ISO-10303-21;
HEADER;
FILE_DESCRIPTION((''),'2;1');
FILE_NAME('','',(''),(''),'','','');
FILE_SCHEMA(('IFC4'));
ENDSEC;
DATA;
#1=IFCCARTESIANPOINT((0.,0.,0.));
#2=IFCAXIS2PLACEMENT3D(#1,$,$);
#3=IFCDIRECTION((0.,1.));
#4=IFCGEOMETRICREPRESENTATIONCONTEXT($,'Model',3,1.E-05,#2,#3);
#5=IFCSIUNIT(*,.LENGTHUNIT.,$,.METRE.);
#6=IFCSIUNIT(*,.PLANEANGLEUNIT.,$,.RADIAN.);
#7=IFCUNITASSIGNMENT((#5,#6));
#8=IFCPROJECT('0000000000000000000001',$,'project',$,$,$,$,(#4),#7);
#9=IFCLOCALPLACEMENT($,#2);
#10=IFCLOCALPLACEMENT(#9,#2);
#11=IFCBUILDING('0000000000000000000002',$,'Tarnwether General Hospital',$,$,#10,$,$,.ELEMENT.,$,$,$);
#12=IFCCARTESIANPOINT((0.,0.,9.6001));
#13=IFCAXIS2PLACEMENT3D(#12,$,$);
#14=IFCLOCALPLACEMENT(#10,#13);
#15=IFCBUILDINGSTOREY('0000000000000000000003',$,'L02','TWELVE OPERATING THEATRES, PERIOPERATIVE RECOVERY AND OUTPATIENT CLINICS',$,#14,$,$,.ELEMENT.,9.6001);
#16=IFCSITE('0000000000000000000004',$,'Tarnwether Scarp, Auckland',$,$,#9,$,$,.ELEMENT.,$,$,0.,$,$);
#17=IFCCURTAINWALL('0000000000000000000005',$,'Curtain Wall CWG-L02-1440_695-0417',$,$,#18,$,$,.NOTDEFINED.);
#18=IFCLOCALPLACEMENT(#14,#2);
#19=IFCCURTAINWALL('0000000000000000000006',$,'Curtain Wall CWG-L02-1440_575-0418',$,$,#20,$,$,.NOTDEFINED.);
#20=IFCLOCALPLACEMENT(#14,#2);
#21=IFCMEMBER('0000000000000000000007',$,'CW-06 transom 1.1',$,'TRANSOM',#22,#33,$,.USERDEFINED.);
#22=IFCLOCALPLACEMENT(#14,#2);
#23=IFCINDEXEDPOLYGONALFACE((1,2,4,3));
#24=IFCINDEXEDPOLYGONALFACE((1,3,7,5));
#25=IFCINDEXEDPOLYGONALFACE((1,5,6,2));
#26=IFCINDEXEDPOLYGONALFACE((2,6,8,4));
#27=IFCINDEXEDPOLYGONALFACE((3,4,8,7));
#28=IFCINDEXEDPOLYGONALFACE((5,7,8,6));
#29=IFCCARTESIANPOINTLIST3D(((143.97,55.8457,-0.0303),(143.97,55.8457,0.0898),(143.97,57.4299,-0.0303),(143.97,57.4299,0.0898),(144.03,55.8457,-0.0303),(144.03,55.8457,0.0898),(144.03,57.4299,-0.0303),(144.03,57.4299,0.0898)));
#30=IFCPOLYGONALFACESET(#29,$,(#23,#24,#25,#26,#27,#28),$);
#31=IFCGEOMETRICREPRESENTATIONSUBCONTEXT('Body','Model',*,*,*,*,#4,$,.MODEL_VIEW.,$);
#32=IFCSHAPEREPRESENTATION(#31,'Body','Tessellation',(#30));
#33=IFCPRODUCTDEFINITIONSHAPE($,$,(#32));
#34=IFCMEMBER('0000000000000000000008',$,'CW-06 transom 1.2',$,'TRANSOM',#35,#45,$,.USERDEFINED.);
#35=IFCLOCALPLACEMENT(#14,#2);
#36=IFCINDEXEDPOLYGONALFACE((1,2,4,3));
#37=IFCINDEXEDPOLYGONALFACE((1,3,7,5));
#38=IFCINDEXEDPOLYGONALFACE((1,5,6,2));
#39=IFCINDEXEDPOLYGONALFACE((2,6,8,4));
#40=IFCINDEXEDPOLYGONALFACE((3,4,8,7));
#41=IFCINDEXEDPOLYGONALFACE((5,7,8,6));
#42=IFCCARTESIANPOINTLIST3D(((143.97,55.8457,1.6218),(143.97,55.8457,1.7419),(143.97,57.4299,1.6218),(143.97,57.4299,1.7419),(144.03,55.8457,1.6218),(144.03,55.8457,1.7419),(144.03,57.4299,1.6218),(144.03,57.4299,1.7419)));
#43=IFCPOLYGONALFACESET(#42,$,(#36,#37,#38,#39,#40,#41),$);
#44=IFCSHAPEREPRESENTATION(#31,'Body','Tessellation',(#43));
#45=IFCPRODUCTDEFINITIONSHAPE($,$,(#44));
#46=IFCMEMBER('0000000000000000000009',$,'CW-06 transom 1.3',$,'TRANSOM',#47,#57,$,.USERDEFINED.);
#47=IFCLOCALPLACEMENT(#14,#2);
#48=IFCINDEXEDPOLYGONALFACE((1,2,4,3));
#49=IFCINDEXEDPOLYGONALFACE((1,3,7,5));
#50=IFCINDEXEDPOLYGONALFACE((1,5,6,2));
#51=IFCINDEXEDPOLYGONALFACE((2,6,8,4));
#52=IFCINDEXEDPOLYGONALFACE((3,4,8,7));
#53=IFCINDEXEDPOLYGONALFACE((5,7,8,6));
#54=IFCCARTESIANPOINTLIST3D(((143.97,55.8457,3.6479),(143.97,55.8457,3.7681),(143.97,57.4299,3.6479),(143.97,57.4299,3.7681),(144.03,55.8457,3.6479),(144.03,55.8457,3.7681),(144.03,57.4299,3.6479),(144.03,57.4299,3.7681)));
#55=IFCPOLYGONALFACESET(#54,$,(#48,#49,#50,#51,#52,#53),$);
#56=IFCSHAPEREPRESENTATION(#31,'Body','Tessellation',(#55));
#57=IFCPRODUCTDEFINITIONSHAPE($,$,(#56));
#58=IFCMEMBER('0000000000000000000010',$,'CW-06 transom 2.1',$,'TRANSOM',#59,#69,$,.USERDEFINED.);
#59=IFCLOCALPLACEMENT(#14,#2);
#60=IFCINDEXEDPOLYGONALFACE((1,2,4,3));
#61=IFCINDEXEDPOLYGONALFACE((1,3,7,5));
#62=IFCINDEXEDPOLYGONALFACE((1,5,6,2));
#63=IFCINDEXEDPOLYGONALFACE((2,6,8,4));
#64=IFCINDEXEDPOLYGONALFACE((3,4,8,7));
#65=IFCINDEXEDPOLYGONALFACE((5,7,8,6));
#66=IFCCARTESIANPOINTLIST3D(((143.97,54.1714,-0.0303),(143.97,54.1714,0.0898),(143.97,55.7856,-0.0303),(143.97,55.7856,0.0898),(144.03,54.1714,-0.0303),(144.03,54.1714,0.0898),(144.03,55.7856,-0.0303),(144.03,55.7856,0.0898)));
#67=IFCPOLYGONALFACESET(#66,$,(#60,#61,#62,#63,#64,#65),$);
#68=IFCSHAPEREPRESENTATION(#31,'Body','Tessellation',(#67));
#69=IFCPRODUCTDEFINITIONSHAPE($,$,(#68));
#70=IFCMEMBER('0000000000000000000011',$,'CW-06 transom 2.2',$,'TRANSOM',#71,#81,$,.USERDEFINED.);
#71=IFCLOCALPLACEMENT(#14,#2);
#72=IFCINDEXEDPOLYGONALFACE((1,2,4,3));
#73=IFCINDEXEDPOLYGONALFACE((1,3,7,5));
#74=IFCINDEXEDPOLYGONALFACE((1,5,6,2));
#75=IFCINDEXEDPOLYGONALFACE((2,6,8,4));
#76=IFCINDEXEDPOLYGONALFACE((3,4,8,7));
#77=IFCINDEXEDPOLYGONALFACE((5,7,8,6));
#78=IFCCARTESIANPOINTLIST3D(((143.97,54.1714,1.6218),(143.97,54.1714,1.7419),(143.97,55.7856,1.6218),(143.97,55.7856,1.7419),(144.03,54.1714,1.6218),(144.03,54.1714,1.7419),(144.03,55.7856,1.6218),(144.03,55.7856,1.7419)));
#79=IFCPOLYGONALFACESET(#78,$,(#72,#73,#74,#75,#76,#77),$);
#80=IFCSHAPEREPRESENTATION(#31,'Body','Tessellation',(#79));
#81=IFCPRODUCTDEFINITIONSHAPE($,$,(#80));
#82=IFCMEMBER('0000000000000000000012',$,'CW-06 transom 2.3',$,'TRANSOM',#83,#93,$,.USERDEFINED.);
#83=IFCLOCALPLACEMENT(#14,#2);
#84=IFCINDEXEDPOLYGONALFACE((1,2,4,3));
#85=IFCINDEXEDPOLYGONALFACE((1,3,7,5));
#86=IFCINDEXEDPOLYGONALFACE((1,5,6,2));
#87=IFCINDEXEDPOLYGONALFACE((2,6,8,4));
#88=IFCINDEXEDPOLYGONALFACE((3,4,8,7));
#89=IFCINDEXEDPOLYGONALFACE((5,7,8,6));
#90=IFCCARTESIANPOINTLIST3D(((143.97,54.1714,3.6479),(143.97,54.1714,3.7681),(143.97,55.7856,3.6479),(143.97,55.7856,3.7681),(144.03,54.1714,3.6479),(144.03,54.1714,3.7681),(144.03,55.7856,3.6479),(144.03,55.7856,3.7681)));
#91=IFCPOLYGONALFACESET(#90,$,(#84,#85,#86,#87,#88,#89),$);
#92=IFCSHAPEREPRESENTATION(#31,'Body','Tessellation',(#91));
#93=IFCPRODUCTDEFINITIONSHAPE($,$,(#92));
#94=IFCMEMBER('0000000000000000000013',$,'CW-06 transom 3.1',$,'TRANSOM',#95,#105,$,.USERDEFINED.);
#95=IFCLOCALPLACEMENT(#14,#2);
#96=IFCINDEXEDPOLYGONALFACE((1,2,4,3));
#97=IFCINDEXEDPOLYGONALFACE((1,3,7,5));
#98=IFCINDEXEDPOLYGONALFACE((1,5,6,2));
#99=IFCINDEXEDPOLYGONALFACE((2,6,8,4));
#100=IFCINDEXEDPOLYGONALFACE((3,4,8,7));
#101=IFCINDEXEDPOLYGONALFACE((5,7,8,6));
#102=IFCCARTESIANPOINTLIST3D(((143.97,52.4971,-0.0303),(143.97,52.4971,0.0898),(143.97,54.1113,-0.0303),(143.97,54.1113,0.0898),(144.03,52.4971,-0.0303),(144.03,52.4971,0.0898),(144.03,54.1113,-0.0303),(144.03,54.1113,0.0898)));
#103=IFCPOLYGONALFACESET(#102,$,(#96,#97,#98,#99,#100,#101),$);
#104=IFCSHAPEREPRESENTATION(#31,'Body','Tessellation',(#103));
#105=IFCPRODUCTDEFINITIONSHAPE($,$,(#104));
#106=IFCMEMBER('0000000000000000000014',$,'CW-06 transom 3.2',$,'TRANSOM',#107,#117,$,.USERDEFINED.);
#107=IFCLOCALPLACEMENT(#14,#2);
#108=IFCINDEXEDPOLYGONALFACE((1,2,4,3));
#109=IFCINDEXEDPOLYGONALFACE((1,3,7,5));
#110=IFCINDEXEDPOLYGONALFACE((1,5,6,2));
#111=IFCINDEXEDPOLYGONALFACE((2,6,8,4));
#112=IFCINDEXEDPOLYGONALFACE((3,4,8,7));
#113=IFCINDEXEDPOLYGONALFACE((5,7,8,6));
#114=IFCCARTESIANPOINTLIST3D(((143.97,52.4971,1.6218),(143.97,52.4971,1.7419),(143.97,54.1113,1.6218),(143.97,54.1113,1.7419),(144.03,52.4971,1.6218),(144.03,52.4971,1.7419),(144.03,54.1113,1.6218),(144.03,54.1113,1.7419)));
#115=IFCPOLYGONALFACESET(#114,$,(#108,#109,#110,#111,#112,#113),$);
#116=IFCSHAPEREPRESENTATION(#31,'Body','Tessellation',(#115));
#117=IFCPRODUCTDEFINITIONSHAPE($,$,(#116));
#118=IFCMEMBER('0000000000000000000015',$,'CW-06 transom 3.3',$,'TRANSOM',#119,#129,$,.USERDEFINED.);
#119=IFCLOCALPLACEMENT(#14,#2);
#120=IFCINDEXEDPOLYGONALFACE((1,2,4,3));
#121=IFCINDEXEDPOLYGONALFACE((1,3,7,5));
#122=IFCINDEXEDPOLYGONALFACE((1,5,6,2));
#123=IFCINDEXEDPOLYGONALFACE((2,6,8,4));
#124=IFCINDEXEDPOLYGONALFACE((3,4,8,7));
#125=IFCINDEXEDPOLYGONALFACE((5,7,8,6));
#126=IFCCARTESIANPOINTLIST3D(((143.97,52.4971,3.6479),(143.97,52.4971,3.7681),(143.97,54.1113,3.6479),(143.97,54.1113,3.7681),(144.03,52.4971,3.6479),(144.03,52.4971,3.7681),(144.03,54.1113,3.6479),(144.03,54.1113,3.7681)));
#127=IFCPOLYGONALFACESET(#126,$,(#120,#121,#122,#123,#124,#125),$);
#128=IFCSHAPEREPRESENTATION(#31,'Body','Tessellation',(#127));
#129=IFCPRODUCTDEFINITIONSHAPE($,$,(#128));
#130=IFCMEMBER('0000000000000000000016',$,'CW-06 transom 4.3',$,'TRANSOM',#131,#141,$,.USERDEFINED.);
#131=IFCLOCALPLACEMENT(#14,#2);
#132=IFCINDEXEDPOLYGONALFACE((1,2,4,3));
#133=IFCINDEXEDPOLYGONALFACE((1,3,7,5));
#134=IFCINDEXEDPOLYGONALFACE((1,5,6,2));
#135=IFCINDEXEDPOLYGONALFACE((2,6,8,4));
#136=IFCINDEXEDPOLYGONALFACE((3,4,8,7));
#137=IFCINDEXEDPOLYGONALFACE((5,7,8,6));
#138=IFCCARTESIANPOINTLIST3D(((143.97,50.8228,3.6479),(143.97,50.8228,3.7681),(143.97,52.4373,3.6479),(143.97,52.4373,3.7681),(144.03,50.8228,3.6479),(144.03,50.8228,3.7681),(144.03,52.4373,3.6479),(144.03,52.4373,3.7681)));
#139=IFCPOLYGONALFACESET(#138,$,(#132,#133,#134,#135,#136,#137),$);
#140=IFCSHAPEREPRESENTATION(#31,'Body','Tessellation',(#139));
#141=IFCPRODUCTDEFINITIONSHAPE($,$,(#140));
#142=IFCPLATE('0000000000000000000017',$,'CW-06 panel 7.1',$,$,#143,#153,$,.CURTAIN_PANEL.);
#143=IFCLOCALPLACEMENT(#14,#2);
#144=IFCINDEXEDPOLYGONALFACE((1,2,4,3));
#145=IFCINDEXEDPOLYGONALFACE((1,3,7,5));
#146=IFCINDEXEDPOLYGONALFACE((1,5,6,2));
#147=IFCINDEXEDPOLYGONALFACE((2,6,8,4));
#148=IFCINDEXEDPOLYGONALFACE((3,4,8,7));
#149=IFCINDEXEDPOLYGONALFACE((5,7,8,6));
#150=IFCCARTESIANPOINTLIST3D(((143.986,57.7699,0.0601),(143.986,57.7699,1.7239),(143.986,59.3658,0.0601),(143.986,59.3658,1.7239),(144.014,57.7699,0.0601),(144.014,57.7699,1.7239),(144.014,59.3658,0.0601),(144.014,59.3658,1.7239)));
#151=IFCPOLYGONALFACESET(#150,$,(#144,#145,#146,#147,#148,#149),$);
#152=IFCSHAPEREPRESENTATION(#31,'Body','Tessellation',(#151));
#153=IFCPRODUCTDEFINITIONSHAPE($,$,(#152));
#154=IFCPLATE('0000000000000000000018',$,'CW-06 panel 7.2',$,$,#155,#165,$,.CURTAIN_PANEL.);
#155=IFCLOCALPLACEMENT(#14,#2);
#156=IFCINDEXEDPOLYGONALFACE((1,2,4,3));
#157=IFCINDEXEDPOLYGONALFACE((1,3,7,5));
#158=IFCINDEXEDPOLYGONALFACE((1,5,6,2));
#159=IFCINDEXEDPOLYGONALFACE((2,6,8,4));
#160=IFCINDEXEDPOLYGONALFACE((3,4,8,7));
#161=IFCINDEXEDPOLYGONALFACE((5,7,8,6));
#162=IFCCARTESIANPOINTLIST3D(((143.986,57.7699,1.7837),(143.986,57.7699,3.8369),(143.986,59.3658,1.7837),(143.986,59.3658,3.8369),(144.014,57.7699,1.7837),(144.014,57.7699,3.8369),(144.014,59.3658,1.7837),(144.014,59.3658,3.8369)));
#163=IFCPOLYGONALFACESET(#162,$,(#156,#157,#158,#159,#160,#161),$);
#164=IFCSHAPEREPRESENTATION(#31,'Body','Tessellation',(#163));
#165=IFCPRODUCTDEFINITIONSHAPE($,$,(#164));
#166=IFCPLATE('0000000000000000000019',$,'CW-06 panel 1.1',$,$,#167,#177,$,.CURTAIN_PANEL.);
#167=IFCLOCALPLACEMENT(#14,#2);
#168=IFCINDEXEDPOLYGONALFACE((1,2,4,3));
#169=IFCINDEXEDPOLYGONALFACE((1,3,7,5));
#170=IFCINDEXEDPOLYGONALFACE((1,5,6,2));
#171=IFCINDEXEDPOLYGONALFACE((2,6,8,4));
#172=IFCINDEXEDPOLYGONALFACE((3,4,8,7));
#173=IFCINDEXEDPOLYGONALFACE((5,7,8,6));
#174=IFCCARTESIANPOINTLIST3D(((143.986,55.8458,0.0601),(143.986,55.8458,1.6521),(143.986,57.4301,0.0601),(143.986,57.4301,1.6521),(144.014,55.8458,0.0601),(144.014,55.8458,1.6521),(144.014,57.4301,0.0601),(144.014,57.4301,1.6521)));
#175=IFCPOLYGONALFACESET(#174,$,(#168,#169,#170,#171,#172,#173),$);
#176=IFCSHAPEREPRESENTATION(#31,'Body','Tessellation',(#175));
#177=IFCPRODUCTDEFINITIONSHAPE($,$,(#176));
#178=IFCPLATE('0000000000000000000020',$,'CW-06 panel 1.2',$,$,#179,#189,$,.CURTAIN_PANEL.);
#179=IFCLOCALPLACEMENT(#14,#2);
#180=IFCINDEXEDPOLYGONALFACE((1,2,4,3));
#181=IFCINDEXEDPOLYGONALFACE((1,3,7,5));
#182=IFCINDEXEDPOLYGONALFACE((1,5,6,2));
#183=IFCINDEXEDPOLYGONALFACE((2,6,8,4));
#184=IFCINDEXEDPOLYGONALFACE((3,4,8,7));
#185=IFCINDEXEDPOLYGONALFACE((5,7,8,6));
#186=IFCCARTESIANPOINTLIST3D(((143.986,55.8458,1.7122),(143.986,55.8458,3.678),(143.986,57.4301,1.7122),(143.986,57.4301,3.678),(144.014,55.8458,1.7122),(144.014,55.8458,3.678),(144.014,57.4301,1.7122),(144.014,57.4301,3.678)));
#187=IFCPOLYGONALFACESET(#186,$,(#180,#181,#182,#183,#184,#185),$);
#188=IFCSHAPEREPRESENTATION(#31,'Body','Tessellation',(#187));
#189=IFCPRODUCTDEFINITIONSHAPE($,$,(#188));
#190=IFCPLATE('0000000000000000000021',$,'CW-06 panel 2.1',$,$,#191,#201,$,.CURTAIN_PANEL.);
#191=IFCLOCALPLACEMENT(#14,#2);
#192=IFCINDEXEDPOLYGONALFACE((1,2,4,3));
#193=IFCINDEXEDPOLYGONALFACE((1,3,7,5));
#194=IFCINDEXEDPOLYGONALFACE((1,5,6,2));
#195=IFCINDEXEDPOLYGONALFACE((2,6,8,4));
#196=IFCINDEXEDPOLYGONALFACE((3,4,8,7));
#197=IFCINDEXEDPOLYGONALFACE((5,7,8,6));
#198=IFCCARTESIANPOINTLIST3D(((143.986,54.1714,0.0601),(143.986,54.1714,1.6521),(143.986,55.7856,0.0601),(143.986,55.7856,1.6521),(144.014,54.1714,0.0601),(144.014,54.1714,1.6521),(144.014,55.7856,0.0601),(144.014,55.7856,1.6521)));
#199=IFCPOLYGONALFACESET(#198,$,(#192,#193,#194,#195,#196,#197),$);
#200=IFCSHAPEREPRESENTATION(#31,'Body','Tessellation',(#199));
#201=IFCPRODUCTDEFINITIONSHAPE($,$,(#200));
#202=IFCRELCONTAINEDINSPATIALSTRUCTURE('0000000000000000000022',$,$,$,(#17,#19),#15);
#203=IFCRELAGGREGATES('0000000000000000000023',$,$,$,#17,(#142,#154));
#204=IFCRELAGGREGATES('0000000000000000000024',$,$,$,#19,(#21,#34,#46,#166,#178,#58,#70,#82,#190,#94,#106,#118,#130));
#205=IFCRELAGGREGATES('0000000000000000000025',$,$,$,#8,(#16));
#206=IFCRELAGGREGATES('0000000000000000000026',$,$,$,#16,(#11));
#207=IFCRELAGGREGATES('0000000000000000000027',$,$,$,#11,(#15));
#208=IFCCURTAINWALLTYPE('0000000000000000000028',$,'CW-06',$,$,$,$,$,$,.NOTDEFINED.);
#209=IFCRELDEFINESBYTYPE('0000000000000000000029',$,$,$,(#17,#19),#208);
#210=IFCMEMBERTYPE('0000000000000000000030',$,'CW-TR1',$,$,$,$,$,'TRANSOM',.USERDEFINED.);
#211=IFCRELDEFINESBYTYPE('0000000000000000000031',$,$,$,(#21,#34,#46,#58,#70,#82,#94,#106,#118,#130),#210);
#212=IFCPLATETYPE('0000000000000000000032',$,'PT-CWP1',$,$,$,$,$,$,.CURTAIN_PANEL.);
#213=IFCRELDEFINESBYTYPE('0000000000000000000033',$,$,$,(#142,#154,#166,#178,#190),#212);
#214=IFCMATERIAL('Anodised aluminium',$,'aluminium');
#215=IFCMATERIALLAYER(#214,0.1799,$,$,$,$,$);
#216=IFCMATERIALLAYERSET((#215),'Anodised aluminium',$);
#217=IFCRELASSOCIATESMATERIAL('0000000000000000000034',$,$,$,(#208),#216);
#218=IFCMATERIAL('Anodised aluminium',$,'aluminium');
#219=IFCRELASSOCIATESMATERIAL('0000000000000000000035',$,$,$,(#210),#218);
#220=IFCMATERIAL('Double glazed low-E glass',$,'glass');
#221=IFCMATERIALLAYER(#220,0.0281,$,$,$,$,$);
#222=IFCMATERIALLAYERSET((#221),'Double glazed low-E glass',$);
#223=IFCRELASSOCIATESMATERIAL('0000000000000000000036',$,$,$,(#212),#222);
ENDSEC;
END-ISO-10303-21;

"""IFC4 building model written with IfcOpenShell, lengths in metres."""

from ifc_helpers import new_model, si_unit, direction, frame, origin, origin_2d, place, context, subcontext, project, spatial, rectangle, extrude, material, layer, layer_set, material_profile, profile_set, type_object, element, aggregate, save


model = new_model("IFC4")

# Units and contexts
model_context = context("Model", 3, precision=1e-05, world=origin(), true_north=direction((0.0, 1.0)))
body_context = subcontext(model_context, "Body", "Model", "MODEL_VIEW")
ifc_project = project(units=[si_unit("LENGTHUNIT", "METRE"), si_unit("PLANEANGLEUNIT", "RADIAN")], contexts=[model_context])

# Site, building, storey
site_placement = place(None, origin())
site = spatial("IfcSite", under=ifc_project, at=site_placement, Name="Tarnwether Scarp, Auckland", CompositionType="ELEMENT", RefElevation=0.0)
building_placement = place(site_placement, origin())
building = spatial("IfcBuilding", under=site, at=building_placement, Name="Tarnwether General Hospital", CompositionType="ELEMENT")
storey_placement = place(building_placement, frame((0.0, 0.0, 9.6001)))
storey = spatial("IfcBuildingStorey", under=building, at=storey_placement, Name="L02", Description="TWELVE OPERATING THEATRES, PERIOPERATIVE RECOVERY AND OUTPATIENT CLINICS", CompositionType="ELEMENT", Elevation=9.6001)

# Curtain walls
ifc_material_1 = material(Name="Anodised aluminium", Category="aluminium")
ifc_layer_1 = layer(ifc_material_1, 0.1799)
ifc_layer_set_1 = layer_set([ifc_layer_1], Name="Anodised aluminium")
curtain_wall_type = type_object("IfcCurtainWallType", Name="CW-06", PredefinedType="NOTDEFINED", material=ifc_layer_set_1)
curtain_wall_1_placement = place(storey_placement, origin())
curtain_wall_1 = element("IfcCurtainWall", 1, at=curtain_wall_1_placement, inside=storey, type_object=curtain_wall_type, Name="Curtain Wall CWG-L02-1440_695-0417", PredefinedType="NOTDEFINED")
curtain_wall_2_placement = place(storey_placement, origin())
curtain_wall_2 = element("IfcCurtainWall", 2, at=curtain_wall_2_placement, inside=storey, type_object=curtain_wall_type, Name="Curtain Wall CWG-L02-1440_575-0418", PredefinedType="NOTDEFINED")

# Members
ifc_material_2 = material(Name="Anodised aluminium", Category="aluminium")
ifc_material_profile_1 = material_profile(ifc_material_2, rectangle(XDim=0.0601, YDim=0.1201, at=origin_2d()), Name="ALU-TRN-60x120")
ifc_profile_set_1 = profile_set([ifc_material_profile_1], Name="Anodised aluminium")
member_type_1 = type_object("IfcMemberType", Name="CW-TR1", ElementType="TRANSOM", PredefinedType="USERDEFINED", material=ifc_profile_set_1)
member_1_placement = place(storey_placement, frame((144.0, 57.4299, 0.0298), z_axis=(0.0, -1.0, 0.0), x_axis=(1.0, 0.0, 0.0)))
member_1 = element("IfcMember", 3, at=member_1_placement, type_object=member_type_1, Name="CW-06 transom 1.1", ObjectType="TRANSOM", PredefinedType="USERDEFINED", context=body_context, shape_type="SweptSolid", body=[
    extrude(rectangle(XDim=0.0601, YDim=0.1201, at=origin_2d()), origin(), (0.0, 0.0, 1.0), 1.5842),
])
member_2_placement = place(storey_placement, frame((144.0, 57.4299, 1.6819), z_axis=(0.0, -1.0, 0.0), x_axis=(1.0, 0.0, 0.0)))
member_2 = element("IfcMember", 4, at=member_2_placement, type_object=member_type_1, Name="CW-06 transom 1.2", ObjectType="TRANSOM", PredefinedType="USERDEFINED", context=body_context, shape_type="SweptSolid", body=[
    extrude(rectangle(XDim=0.0601, YDim=0.1201, at=origin_2d()), origin(), (0.0, 0.0, 1.0), 1.5842),
])
member_3_placement = place(storey_placement, frame((144.0, 57.4299, 3.708), z_axis=(0.0, -1.0, 0.0), x_axis=(1.0, 0.0, 0.0)))
member_3 = element("IfcMember", 5, at=member_3_placement, type_object=member_type_1, Name="CW-06 transom 1.3", ObjectType="TRANSOM", PredefinedType="USERDEFINED", context=body_context, shape_type="SweptSolid", body=[
    extrude(rectangle(XDim=0.0601, YDim=0.1201, at=origin_2d()), origin(), (0.0, 0.0, 1.0), 1.5842),
])
member_4_placement = place(storey_placement, frame((144.0, 55.7856, 0.0298), z_axis=(0.0, -1.0, 0.0), x_axis=(1.0, 0.0, 0.0)))
member_4 = element("IfcMember", 6, at=member_4_placement, type_object=member_type_1, Name="CW-06 transom 2.1", ObjectType="TRANSOM", PredefinedType="USERDEFINED", context=body_context, shape_type="SweptSolid", body=[
    extrude(rectangle(XDim=0.0601, YDim=0.1201, at=origin_2d()), origin(), (0.0, 0.0, 1.0), 1.6143),
])
member_5_placement = place(storey_placement, frame((144.0, 55.7856, 1.6819), z_axis=(0.0, -1.0, 0.0), x_axis=(1.0, 0.0, 0.0)))
member_5 = element("IfcMember", 7, at=member_5_placement, type_object=member_type_1, Name="CW-06 transom 2.2", ObjectType="TRANSOM", PredefinedType="USERDEFINED", context=body_context, shape_type="SweptSolid", body=[
    extrude(rectangle(XDim=0.0601, YDim=0.1201, at=origin_2d()), origin(), (0.0, 0.0, 1.0), 1.6143),
])
member_6_placement = place(storey_placement, frame((144.0, 55.7856, 3.708), z_axis=(0.0, -1.0, 0.0), x_axis=(1.0, 0.0, 0.0)))
member_6 = element("IfcMember", 8, at=member_6_placement, type_object=member_type_1, Name="CW-06 transom 2.3", ObjectType="TRANSOM", PredefinedType="USERDEFINED", context=body_context, shape_type="SweptSolid", body=[
    extrude(rectangle(XDim=0.0601, YDim=0.1201, at=origin_2d()), origin(), (0.0, 0.0, 1.0), 1.6143),
])
member_7_placement = place(storey_placement, frame((144.0, 54.1113, 0.0298), z_axis=(0.0, -1.0, 0.0), x_axis=(1.0, 0.0, 0.0)))
member_7 = element("IfcMember", 9, at=member_7_placement, type_object=member_type_1, Name="CW-06 transom 3.1", ObjectType="TRANSOM", PredefinedType="USERDEFINED", context=body_context, shape_type="SweptSolid", body=[
    extrude(rectangle(XDim=0.0601, YDim=0.1201, at=origin_2d()), origin(), (0.0, 0.0, 1.0), 1.6143),
])
member_8_placement = place(storey_placement, frame((144.0, 54.1113, 1.6819), z_axis=(0.0, -1.0, 0.0), x_axis=(1.0, 0.0, 0.0)))
member_8 = element("IfcMember", 10, at=member_8_placement, type_object=member_type_1, Name="CW-06 transom 3.2", ObjectType="TRANSOM", PredefinedType="USERDEFINED", context=body_context, shape_type="SweptSolid", body=[
    extrude(rectangle(XDim=0.0601, YDim=0.1201, at=origin_2d()), origin(), (0.0, 0.0, 1.0), 1.6143),
])
member_9_placement = place(storey_placement, frame((144.0, 54.1113, 3.708), z_axis=(0.0, -1.0, 0.0), x_axis=(1.0, 0.0, 0.0)))
member_9 = element("IfcMember", 11, at=member_9_placement, type_object=member_type_1, Name="CW-06 transom 3.3", ObjectType="TRANSOM", PredefinedType="USERDEFINED", context=body_context, shape_type="SweptSolid", body=[
    extrude(rectangle(XDim=0.0601, YDim=0.1201, at=origin_2d()), origin(), (0.0, 0.0, 1.0), 1.6143),
])
member_10_placement = place(storey_placement, frame((144.0, 52.4373, 3.708), z_axis=(0.0, -1.0, 0.0), x_axis=(1.0, 0.0, 0.0)))
member_10 = element("IfcMember", 12, at=member_10_placement, type_object=member_type_1, Name="CW-06 transom 4.3", ObjectType="TRANSOM", PredefinedType="USERDEFINED", context=body_context, shape_type="SweptSolid", body=[
    extrude(rectangle(XDim=0.0601, YDim=0.1201, at=origin_2d()), origin(), (0.0, 0.0, 1.0), 1.6145),
])

# Plates
ifc_material_3 = material(Name="Double glazed low-E glass", Category="glass")
ifc_layer_2 = layer(ifc_material_3, 0.0281)
ifc_layer_set_2 = layer_set([ifc_layer_2], Name="Double glazed low-E glass")
plate_type = type_object("IfcPlateType", Name="PT-CWP1", PredefinedType="CURTAIN_PANEL", material=ifc_layer_set_2)
plate_1_placement = place(storey_placement, frame((144.0, 58.5679, 0.0601), z_axis=(0.0, 0.0, 1.0), x_axis=(0.0, -1.0, 0.0)))
plate_1 = element("IfcPlate", 13, at=plate_1_placement, type_object=plate_type, Name="CW-06 panel 7.1", PredefinedType="CURTAIN_PANEL", context=body_context, shape_type="SweptSolid", body=[
    extrude(rectangle(XDim=1.5959, YDim=0.0281, at=origin_2d()), origin(), (0.0, 0.0, 1.0), 1.6638),
])
plate_2_placement = place(storey_placement, frame((144.0, 58.5679, 1.7837), z_axis=(0.0, 0.0, 1.0), x_axis=(0.0, -1.0, 0.0)))
plate_2 = element("IfcPlate", 14, at=plate_2_placement, type_object=plate_type, Name="CW-06 panel 7.2", PredefinedType="CURTAIN_PANEL", context=body_context, shape_type="SweptSolid", body=[
    extrude(rectangle(XDim=1.5959, YDim=0.0281, at=origin_2d()), origin(), (0.0, 0.0, 1.0), 2.0532),
])
aggregate(curtain_wall_1, [plate_1, plate_2])
plate_3_placement = place(storey_placement, frame((144.0, 56.6379, 0.0601), z_axis=(0.0, 0.0, 1.0), x_axis=(0.0, -1.0, 0.0)))
plate_3 = element("IfcPlate", 15, at=plate_3_placement, type_object=plate_type, Name="CW-06 panel 1.1", PredefinedType="CURTAIN_PANEL", context=body_context, shape_type="SweptSolid", body=[
    extrude(rectangle(XDim=1.5842, YDim=0.0281, at=origin_2d()), origin(), (0.0, 0.0, 1.0), 1.592),
])
plate_4_placement = place(storey_placement, frame((144.0, 56.6379, 1.7122), z_axis=(0.0, 0.0, 1.0), x_axis=(0.0, -1.0, 0.0)))
plate_4 = element("IfcPlate", 16, at=plate_4_placement, type_object=plate_type, Name="CW-06 panel 1.2", PredefinedType="CURTAIN_PANEL", context=body_context, shape_type="SweptSolid", body=[
    extrude(rectangle(XDim=1.5842, YDim=0.0281, at=origin_2d()), origin(), (0.0, 0.0, 1.0), 1.9658),
])
plate_5_placement = place(storey_placement, frame((144.0, 54.9785, 0.0601), z_axis=(0.0, 0.0, 1.0), x_axis=(0.0, -1.0, 0.0)))
plate_5 = element("IfcPlate", 17, at=plate_5_placement, type_object=plate_type, Name="CW-06 panel 2.1", PredefinedType="CURTAIN_PANEL", context=body_context, shape_type="SweptSolid", body=[
    extrude(rectangle(XDim=1.6143, YDim=0.0281, at=origin_2d()), origin(), (0.0, 0.0, 1.0), 1.592),
])
aggregate(curtain_wall_2, [member_1, member_2, member_3, plate_3, plate_4, member_4, member_5, member_6, plate_5, member_7, member_8, member_9, member_10])

save(model, "model.ifc")
